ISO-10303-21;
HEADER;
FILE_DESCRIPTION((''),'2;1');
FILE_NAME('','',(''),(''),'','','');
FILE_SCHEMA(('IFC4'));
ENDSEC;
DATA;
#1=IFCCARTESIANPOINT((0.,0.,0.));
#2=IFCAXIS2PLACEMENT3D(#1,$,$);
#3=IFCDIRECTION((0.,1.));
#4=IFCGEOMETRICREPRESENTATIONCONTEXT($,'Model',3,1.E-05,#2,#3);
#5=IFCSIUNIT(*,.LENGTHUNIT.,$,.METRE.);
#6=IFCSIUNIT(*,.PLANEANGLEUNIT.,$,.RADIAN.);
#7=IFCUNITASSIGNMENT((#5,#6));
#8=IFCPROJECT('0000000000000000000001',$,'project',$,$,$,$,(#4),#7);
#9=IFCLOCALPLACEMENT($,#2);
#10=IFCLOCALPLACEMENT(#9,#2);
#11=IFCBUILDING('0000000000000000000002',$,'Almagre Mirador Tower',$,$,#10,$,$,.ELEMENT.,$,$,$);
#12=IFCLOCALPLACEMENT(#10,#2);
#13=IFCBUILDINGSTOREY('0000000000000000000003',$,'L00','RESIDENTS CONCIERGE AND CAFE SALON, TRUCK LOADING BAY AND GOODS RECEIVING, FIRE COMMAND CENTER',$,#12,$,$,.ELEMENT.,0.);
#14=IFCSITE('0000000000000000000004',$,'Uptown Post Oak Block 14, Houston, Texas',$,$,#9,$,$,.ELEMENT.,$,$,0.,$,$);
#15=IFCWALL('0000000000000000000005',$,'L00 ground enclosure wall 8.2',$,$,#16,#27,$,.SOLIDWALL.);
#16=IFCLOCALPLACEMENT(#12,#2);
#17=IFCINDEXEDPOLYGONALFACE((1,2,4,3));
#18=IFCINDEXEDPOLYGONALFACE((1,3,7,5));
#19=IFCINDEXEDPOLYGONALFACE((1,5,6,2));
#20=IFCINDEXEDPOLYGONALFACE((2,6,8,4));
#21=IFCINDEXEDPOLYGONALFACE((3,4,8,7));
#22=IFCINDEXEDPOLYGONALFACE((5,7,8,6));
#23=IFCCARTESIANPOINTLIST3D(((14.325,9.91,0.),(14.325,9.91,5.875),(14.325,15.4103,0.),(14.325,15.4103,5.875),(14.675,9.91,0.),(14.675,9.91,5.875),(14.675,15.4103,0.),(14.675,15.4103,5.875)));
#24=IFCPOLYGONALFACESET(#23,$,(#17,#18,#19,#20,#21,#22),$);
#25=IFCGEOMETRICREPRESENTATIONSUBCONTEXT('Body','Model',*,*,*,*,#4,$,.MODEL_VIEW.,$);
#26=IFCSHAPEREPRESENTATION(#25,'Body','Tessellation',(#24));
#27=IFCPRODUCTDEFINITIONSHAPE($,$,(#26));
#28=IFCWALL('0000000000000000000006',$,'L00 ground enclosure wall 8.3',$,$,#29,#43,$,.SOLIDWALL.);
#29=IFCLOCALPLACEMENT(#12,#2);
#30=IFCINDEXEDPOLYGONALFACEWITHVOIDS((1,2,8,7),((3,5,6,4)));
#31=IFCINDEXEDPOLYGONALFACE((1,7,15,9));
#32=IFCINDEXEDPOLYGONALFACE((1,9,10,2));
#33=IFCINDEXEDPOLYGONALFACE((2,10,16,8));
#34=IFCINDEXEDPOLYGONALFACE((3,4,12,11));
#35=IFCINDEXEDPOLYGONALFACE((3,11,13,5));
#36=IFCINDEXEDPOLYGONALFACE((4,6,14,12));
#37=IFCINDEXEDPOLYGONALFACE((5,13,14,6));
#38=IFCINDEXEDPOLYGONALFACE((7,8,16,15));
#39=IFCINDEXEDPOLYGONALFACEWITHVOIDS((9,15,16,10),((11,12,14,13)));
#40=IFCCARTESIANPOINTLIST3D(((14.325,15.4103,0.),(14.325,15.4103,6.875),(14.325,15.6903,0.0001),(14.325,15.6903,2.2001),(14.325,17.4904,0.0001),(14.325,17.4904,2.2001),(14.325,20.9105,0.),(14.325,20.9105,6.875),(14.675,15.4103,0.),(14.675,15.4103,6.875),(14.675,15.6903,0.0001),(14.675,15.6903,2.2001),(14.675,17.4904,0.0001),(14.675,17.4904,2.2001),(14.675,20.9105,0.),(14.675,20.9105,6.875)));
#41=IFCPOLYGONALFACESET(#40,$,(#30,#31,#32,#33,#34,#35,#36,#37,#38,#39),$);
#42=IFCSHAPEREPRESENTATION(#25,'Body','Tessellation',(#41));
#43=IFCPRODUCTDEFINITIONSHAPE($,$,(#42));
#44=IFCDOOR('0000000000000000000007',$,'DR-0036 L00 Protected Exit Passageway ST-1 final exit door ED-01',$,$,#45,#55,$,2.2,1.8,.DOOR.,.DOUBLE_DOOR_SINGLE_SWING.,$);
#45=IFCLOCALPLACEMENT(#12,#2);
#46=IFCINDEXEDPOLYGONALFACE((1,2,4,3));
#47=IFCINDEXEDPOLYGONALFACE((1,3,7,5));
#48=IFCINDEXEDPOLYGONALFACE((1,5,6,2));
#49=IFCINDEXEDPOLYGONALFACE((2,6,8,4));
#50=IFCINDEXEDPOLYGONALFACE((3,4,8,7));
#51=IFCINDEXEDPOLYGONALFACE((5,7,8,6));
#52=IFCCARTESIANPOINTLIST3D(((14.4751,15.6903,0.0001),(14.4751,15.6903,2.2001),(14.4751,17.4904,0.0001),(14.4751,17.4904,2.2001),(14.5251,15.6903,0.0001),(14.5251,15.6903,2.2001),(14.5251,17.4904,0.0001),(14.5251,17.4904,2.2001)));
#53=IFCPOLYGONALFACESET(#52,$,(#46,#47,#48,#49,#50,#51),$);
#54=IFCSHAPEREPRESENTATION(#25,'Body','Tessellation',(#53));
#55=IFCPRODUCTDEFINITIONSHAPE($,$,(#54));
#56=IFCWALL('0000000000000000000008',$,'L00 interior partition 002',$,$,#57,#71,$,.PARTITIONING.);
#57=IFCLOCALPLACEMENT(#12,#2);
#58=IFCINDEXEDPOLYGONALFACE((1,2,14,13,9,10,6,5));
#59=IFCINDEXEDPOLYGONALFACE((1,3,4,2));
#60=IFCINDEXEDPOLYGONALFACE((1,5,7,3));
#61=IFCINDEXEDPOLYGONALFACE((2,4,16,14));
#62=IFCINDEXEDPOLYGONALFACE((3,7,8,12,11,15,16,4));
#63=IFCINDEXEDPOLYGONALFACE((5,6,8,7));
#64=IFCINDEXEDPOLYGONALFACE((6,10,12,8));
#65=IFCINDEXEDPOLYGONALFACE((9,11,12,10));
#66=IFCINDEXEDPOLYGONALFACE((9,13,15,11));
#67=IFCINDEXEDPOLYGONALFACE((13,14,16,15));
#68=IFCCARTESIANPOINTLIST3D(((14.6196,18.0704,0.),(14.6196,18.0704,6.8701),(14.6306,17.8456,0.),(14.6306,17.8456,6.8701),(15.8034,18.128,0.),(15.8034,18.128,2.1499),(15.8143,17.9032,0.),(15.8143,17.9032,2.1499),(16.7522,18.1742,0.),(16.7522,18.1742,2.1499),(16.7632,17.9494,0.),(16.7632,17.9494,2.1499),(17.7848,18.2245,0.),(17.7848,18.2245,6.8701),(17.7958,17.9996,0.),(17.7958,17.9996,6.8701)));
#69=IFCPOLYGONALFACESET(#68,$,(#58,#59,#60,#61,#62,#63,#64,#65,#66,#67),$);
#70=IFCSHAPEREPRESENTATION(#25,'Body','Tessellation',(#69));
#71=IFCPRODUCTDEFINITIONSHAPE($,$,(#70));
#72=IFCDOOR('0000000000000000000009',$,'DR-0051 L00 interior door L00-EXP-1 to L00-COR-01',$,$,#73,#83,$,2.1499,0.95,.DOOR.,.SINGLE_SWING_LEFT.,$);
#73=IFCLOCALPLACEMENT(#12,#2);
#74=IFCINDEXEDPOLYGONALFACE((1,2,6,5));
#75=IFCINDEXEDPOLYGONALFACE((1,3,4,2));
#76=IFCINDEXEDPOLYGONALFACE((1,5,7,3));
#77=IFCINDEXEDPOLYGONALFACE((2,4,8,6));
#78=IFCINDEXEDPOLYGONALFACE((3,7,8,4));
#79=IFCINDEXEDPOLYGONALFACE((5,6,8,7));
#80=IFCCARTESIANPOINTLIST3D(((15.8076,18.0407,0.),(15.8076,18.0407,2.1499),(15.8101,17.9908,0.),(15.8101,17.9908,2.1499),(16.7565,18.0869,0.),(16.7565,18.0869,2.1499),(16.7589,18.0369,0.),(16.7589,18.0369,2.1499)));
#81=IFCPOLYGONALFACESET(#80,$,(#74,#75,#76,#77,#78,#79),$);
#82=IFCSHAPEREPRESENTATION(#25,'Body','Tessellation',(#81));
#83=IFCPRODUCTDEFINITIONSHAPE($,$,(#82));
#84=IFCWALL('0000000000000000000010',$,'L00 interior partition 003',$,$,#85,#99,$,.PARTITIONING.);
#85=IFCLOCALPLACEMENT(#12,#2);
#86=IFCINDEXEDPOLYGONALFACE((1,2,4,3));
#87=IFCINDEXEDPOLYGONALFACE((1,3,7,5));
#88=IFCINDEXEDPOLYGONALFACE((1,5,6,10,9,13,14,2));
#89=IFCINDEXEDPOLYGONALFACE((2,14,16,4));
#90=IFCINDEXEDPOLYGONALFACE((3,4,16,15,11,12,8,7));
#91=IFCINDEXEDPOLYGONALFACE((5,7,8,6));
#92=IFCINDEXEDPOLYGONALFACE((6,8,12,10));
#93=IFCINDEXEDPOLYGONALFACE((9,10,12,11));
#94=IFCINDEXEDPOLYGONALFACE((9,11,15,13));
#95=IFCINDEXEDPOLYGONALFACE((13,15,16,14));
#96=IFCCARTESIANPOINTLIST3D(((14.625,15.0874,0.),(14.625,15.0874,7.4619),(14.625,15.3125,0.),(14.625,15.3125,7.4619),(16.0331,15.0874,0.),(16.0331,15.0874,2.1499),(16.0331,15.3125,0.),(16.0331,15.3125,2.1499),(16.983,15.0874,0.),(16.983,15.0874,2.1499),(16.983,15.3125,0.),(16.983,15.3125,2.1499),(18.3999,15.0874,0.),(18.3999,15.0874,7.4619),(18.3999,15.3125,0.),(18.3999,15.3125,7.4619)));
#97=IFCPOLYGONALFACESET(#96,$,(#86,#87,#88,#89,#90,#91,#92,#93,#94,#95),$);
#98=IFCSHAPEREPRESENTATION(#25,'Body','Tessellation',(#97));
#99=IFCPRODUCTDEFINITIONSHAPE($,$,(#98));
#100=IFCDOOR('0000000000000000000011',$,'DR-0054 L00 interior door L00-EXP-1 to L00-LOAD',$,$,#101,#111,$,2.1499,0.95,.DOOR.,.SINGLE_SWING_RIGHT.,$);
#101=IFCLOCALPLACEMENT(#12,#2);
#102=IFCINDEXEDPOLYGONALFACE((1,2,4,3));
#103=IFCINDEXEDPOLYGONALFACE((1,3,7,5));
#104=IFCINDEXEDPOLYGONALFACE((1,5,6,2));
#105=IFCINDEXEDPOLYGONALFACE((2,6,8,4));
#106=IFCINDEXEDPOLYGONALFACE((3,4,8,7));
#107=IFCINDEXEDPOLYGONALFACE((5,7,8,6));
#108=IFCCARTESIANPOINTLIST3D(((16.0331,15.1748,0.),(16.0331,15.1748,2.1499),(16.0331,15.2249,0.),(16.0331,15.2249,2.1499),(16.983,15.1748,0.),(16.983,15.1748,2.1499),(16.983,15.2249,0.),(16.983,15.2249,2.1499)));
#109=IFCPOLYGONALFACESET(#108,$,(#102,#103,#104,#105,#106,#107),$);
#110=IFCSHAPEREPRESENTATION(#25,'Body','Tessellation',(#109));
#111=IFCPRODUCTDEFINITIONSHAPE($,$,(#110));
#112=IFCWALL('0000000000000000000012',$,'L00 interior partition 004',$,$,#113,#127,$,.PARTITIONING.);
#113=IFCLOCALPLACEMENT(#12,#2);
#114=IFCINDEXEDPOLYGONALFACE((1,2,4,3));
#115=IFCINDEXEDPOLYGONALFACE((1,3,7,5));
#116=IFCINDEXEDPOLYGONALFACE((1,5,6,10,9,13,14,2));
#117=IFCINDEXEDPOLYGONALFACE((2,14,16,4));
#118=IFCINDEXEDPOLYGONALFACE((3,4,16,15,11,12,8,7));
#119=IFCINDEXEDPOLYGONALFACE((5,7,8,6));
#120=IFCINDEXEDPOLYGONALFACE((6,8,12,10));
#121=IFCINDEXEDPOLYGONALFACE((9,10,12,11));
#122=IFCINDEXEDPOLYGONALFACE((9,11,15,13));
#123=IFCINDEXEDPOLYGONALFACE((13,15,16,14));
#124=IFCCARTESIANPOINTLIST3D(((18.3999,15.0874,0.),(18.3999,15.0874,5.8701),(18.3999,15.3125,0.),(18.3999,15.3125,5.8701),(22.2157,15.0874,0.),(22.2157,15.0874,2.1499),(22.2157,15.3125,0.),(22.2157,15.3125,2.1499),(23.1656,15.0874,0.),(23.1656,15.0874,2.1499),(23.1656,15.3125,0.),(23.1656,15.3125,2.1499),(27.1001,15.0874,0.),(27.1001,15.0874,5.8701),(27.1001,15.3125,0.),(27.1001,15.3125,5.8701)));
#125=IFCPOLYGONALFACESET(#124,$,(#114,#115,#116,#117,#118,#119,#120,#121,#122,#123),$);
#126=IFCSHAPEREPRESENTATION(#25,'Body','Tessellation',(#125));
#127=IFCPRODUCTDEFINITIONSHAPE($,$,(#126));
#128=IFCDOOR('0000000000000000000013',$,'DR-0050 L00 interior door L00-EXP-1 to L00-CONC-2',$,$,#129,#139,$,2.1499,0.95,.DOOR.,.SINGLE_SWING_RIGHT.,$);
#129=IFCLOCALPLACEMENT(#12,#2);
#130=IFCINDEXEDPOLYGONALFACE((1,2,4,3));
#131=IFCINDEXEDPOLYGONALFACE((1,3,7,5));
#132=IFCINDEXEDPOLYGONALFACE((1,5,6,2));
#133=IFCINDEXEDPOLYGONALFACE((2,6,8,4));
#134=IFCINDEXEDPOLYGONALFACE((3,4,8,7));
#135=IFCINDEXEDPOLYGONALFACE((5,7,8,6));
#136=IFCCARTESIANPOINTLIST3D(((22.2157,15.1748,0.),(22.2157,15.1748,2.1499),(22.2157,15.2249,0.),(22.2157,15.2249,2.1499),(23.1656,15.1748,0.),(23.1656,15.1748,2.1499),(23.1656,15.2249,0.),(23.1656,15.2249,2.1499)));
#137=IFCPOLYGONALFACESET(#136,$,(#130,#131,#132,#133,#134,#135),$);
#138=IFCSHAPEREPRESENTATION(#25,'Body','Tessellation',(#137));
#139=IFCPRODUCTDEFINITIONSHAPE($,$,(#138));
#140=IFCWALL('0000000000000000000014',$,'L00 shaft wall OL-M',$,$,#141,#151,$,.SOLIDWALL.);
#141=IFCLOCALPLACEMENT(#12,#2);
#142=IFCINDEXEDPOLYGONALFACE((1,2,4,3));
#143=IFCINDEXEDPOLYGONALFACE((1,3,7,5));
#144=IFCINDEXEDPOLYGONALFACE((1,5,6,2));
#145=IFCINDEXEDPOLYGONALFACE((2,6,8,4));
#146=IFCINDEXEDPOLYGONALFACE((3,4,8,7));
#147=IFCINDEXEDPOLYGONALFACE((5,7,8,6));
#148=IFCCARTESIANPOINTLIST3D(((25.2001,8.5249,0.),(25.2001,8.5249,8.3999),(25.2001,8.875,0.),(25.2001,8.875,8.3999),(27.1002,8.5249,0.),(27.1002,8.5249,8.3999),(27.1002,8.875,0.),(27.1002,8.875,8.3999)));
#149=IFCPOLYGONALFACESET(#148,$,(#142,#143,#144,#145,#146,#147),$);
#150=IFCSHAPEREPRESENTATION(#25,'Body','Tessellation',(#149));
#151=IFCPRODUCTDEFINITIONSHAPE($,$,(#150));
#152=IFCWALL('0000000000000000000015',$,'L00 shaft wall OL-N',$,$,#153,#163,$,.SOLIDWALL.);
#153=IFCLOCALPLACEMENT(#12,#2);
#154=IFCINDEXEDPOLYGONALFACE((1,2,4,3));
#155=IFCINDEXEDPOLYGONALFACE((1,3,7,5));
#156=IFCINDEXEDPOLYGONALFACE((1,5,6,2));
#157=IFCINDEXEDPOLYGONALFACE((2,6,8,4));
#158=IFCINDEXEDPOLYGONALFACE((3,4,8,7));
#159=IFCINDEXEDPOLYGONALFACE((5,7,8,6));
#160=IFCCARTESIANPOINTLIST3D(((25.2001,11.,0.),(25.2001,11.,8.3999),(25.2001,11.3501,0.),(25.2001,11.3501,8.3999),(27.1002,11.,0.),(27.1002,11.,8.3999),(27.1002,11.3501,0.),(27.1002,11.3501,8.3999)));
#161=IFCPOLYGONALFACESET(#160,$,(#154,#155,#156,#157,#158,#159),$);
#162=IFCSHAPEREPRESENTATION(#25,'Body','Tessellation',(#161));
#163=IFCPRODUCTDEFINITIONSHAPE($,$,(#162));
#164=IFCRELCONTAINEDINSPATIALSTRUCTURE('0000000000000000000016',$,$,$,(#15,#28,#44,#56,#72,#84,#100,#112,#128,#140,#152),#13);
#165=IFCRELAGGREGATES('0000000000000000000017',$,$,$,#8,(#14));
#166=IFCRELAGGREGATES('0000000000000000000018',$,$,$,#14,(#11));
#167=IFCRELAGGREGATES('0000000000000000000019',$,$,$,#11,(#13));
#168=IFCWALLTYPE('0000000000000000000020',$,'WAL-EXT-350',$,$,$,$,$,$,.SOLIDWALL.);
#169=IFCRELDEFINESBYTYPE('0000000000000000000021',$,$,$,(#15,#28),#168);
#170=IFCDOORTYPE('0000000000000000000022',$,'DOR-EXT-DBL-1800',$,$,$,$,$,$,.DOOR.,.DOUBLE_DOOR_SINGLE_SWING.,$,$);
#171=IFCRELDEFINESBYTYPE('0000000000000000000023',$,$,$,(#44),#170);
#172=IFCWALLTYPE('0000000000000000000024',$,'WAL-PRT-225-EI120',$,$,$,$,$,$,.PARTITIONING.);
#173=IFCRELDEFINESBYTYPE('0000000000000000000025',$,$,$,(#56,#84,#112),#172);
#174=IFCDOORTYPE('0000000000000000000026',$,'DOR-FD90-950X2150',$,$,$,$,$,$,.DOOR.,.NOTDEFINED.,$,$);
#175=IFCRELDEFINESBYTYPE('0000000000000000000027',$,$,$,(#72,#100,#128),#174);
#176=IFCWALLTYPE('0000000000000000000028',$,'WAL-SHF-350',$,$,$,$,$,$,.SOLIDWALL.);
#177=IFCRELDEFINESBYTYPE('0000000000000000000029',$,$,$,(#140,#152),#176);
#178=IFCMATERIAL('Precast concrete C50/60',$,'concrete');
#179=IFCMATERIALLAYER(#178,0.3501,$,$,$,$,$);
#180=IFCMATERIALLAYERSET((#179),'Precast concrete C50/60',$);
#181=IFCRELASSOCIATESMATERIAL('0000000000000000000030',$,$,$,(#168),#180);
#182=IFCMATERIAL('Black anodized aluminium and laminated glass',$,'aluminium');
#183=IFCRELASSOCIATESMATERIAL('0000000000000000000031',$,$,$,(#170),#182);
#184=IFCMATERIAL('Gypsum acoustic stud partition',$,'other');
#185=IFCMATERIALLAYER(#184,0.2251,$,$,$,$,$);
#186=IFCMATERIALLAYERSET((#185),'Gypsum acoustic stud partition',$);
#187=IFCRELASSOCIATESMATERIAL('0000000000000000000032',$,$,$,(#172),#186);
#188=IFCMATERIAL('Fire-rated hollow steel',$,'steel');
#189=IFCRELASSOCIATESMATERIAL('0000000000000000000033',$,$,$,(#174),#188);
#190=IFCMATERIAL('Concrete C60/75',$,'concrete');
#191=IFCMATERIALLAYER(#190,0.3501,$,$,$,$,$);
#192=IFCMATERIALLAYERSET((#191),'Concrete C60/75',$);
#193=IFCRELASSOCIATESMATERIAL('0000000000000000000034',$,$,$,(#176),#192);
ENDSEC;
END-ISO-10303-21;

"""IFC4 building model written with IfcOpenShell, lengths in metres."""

from ifc_helpers import new_model, si_unit, direction, frame, frame_2d, origin, place, context, subcontext, project, spatial, rectangle, extrude, material, layer, layer_set, type_object, element, fill, save


model = new_model("IFC4")

# Units and contexts
model_context = context("Model", 3, precision=1e-05, world=origin(), true_north=direction((0.0, 1.0)))
body_context = subcontext(model_context, "Body", "Model", "MODEL_VIEW")
ifc_project = project(units=[si_unit("LENGTHUNIT", "METRE"), si_unit("PLANEANGLEUNIT", "RADIAN")], contexts=[model_context])

# Site, building, storey
site_placement = place(None, origin())
site = spatial("IfcSite", under=ifc_project, at=site_placement, Name="Uptown Post Oak Block 14, Houston, Texas", CompositionType="ELEMENT", RefElevation=0.0)
building_placement = place(site_placement, origin())
building = spatial("IfcBuilding", under=site, at=building_placement, Name="Almagre Mirador Tower", CompositionType="ELEMENT")
storey_placement = place(building_placement, origin())
storey = spatial("IfcBuildingStorey", under=building, at=storey_placement, Name="L00", Description="RESIDENTS CONCIERGE AND CAFE SALON, TRUCK LOADING BAY AND GOODS RECEIVING, FIRE COMMAND CENTER", CompositionType="ELEMENT", Elevation=0.0)

# Wall
ifc_material_1 = material(Name="Precast concrete C50/60", Category="concrete")
ifc_layer_1 = layer(ifc_material_1, 0.3501)
ifc_layer_set_1 = layer_set([ifc_layer_1], Name="Precast concrete C50/60")
wall_type_1 = type_object("IfcWallType", Name="WAL-EXT-350", PredefinedType="SOLIDWALL", material=ifc_layer_set_1)
wall_1_placement = place(storey_placement, frame((14.5, 9.9102, 0.0), z_axis=(0.0, 0.0, 1.0), x_axis=(0.0, 1.0, 0.0)))
element("IfcWall", 1, at=wall_1_placement, inside=storey, type_object=wall_type_1, Name="L00 ground enclosure wall 8.2", PredefinedType="SOLIDWALL", context=body_context, shape_type="SweptSolid", body=[
    extrude(rectangle(XDim=5.5002, YDim=0.3501, at=frame_2d((2.75, 0.0))), origin(), (0.0, 0.0, 1.0), 5.875),
])

# Walls, openings, doors
wall_2_placement = place(storey_placement, frame((14.5, 15.4104, 0.0), z_axis=(0.0, 0.0, 1.0), x_axis=(0.0, 1.0, 0.0)))
wall_2 = element("IfcWall", 2, at=wall_2_placement, inside=storey, type_object=wall_type_1, Name="L00 ground enclosure wall 8.3", PredefinedType="SOLIDWALL", context=body_context, shape_type="SweptSolid", body=[
    extrude(rectangle(XDim=5.5002, YDim=0.3501, at=frame_2d((2.75, 0.0))), origin(), (0.0, 0.0, 1.0), 6.875),
])
opening_1_placement = place(wall_2_placement, frame((0.28, 0.0, 0.0)))
opening_1 = element("IfcOpeningElement", 3, at=opening_1_placement, cuts=wall_2, PredefinedType="OPENING", context=body_context, shape_type="SweptSolid", body=[
    extrude(rectangle(XDim=1.8, YDim=2.2, at=frame_2d((0.8999, 1.1001))), frame((0.0, 0.185, 0.0), z_axis=(0.0, -1.0, 0.0), x_axis=(1.0, 0.0, 0.0)), (0.0, 0.0, 1.0), 0.3701),
])
ifc_material_2 = material(Name="Black anodized aluminium and laminated glass", Category="aluminium")
door_type_1 = type_object("IfcDoorType", Name="DOR-EXT-DBL-1800", OperationType="DOUBLE_DOOR_SINGLE_SWING", PredefinedType="DOOR", material=ifc_material_2)
door_1_placement = place(opening_1_placement, origin())
door_1 = element("IfcDoor", 4, at=door_1_placement, inside=storey, type_object=door_type_1, Name="DR-0036 L00 Protected Exit Passageway ST-1 final exit door ED-01", OperationType="DOUBLE_DOOR_SINGLE_SWING", OverallHeight=2.2, OverallWidth=1.8, PredefinedType="DOOR", context=body_context, shape_type="SweptSolid", body=[
    extrude(rectangle(XDim=1.8, YDim=2.2, at=frame_2d((0.8999, 1.1001))), frame((0.0, 0.0249, 0.0), z_axis=(0.0, -1.0, 0.0), x_axis=(1.0, 0.0, 0.0)), (0.0, 0.0, 1.0), 0.05),
])
fill(opening_1, door_1)
ifc_material_3 = material(Name="Gypsum acoustic stud partition", Category="other")
ifc_layer_2 = layer(ifc_material_3, 0.2251)
ifc_layer_set_2 = layer_set([ifc_layer_2], Name="Gypsum acoustic stud partition")
wall_type_2 = type_object("IfcWallType", Name="WAL-PRT-225-EI120", PredefinedType="PARTITIONING", material=ifc_layer_set_2)
wall_3_placement = place(storey_placement, frame((17.7903, 18.1121, 0.0), z_axis=(0.0, 0.0, 1.0), x_axis=(-0.998818, -0.048612, 0.0)))
wall_3 = element("IfcWall", 5, at=wall_3_placement, inside=storey, type_object=wall_type_2, Name="L00 interior partition 002", PredefinedType="PARTITIONING", context=body_context, shape_type="SweptSolid", body=[
    extrude(rectangle(XDim=3.1689, YDim=0.2251, at=frame_2d((1.5845, 0.0))), origin(), (0.0, 0.0, 1.0), 6.8701),
])
opening_2_placement = place(wall_3_placement, frame((1.0337, 0.0, 0.0)))
opening_2 = element("IfcOpeningElement", 6, at=opening_2_placement, cuts=wall_3, PredefinedType="OPENING", context=body_context, shape_type="SweptSolid", body=[
    extrude(rectangle(XDim=0.95, YDim=2.1499, at=frame_2d((0.4751, 1.075))), frame((0.0, 0.1225, 0.0), z_axis=(0.0, -1.0, 0.0), x_axis=(1.0, 0.0, 0.0)), (0.0, 0.0, 1.0), 0.2451),
])
ifc_material_4 = material(Name="Fire-rated hollow steel", Category="steel")
door_type_2 = type_object("IfcDoorType", Name="DOR-FD90-950X2150", OperationType="NOTDEFINED", PredefinedType="DOOR", material=ifc_material_4)
door_2_placement = place(opening_2_placement, origin())
door_2 = element("IfcDoor", 7, at=door_2_placement, inside=storey, type_object=door_type_2, Name="DR-0051 L00 interior door L00-EXP-1 to L00-COR-01", OperationType="SINGLE_SWING_LEFT", OverallHeight=2.1499, OverallWidth=0.95, PredefinedType="DOOR", context=body_context, shape_type="SweptSolid", body=[
    extrude(rectangle(XDim=0.95, YDim=2.1499, at=frame_2d((0.4751, 1.075))), frame((0.0, 0.0249, 0.0), z_axis=(0.0, -1.0, 0.0), x_axis=(1.0, 0.0, 0.0)), (0.0, 0.0, 1.0), 0.05),
])
fill(opening_2, door_2)
wall_4_placement = place(storey_placement, frame((14.625, 15.2, 0.0), z_axis=(0.0, 0.0, 1.0), x_axis=(1.0, 0.0, 0.0)))
wall_4 = element("IfcWall", 8, at=wall_4_placement, inside=storey, type_object=wall_type_2, Name="L00 interior partition 003", PredefinedType="PARTITIONING", context=body_context, shape_type="SweptSolid", body=[
    extrude(rectangle(XDim=3.7749, YDim=0.2251, at=frame_2d((1.8875, 0.0))), origin(), (0.0, 0.0, 1.0), 7.4619),
])
opening_3_placement = place(wall_4_placement, frame((1.408, 0.0, 0.0)))
opening_3 = element("IfcOpeningElement", 9, at=opening_3_placement, cuts=wall_4, PredefinedType="OPENING", context=body_context, shape_type="SweptSolid", body=[
    extrude(rectangle(XDim=0.95, YDim=2.1499, at=frame_2d((0.4751, 1.075))), frame((0.0, 0.1225, 0.0), z_axis=(0.0, -1.0, 0.0), x_axis=(1.0, 0.0, 0.0)), (0.0, 0.0, 1.0), 0.2451),
])
door_3_placement = place(opening_3_placement, origin())
door_3 = element("IfcDoor", 10, at=door_3_placement, inside=storey, type_object=door_type_2, Name="DR-0054 L00 interior door L00-EXP-1 to L00-LOAD", OperationType="SINGLE_SWING_RIGHT", OverallHeight=2.1499, OverallWidth=0.95, PredefinedType="DOOR", context=body_context, shape_type="SweptSolid", body=[
    extrude(rectangle(XDim=0.95, YDim=2.1499, at=frame_2d((0.4751, 1.075))), frame((0.0, 0.0249, 0.0), z_axis=(0.0, -1.0, 0.0), x_axis=(1.0, 0.0, 0.0)), (0.0, 0.0, 1.0), 0.05),
])
fill(opening_3, door_3)
wall_5_placement = place(storey_placement, frame((18.3999, 15.2, 0.0), z_axis=(0.0, 0.0, 1.0), x_axis=(1.0, 0.0, 0.0)))
wall_5 = element("IfcWall", 11, at=wall_5_placement, inside=storey, type_object=wall_type_2, Name="L00 interior partition 004", PredefinedType="PARTITIONING", context=body_context, shape_type="SweptSolid", body=[
    extrude(rectangle(XDim=8.7002, YDim=0.2251, at=frame_2d((4.3501, 0.0))), origin(), (0.0, 0.0, 1.0), 5.8701),
])
opening_4_placement = place(wall_5_placement, frame((3.8157, 0.0, 0.0)))
opening_4 = element("IfcOpeningElement", 12, at=opening_4_placement, cuts=wall_5, PredefinedType="OPENING", context=body_context, shape_type="SweptSolid", body=[
    extrude(rectangle(XDim=0.95, YDim=2.1499, at=frame_2d((0.4751, 1.075))), frame((0.0, 0.1225, 0.0), z_axis=(0.0, -1.0, 0.0), x_axis=(1.0, 0.0, 0.0)), (0.0, 0.0, 1.0), 0.2451),
])
door_4_placement = place(opening_4_placement, origin())
door_4 = element("IfcDoor", 13, at=door_4_placement, inside=storey, type_object=door_type_2, Name="DR-0050 L00 interior door L00-EXP-1 to L00-CONC-2", OperationType="SINGLE_SWING_RIGHT", OverallHeight=2.1499, OverallWidth=0.95, PredefinedType="DOOR", context=body_context, shape_type="SweptSolid", body=[
    extrude(rectangle(XDim=0.95, YDim=2.1499, at=frame_2d((0.4751, 1.075))), frame((0.0, 0.0249, 0.0), z_axis=(0.0, -1.0, 0.0), x_axis=(1.0, 0.0, 0.0)), (0.0, 0.0, 1.0), 0.05),
])
fill(opening_4, door_4)

# Walls
ifc_material_5 = material(Name="Concrete C60/75", Category="concrete")
ifc_layer_3 = layer(ifc_material_5, 0.3501)
ifc_layer_set_3 = layer_set([ifc_layer_3], Name="Concrete C60/75")
wall_type_3 = type_object("IfcWallType", Name="WAL-SHF-350", PredefinedType="SOLIDWALL", material=ifc_layer_set_3)
for number, where, z_axis, x_axis, name in (
    (14, (25.2, 8.7, 0.0), (0.0, 0.0, 1.0), (1.0, 0.0, 0.0), "L00 shaft wall OL-M"),
    (15, (25.2, 11.175, 0.0), (0.0, 0.0, 1.0), (1.0, 0.0, 0.0), "L00 shaft wall OL-N"),
):
    element("IfcWall", number, at=place(storey_placement, frame(where, z_axis=z_axis, x_axis=x_axis)), inside=storey, type_object=wall_type_3, Name=name, PredefinedType="SOLIDWALL", context=body_context, shape_type="SweptSolid", body=[
        extrude(rectangle(XDim=1.9001, YDim=0.3501, at=frame_2d((0.9502, 0.0))), origin(), (0.0, 0.0, 1.0), 8.3999),
    ])

save(model, "model.ifc")
